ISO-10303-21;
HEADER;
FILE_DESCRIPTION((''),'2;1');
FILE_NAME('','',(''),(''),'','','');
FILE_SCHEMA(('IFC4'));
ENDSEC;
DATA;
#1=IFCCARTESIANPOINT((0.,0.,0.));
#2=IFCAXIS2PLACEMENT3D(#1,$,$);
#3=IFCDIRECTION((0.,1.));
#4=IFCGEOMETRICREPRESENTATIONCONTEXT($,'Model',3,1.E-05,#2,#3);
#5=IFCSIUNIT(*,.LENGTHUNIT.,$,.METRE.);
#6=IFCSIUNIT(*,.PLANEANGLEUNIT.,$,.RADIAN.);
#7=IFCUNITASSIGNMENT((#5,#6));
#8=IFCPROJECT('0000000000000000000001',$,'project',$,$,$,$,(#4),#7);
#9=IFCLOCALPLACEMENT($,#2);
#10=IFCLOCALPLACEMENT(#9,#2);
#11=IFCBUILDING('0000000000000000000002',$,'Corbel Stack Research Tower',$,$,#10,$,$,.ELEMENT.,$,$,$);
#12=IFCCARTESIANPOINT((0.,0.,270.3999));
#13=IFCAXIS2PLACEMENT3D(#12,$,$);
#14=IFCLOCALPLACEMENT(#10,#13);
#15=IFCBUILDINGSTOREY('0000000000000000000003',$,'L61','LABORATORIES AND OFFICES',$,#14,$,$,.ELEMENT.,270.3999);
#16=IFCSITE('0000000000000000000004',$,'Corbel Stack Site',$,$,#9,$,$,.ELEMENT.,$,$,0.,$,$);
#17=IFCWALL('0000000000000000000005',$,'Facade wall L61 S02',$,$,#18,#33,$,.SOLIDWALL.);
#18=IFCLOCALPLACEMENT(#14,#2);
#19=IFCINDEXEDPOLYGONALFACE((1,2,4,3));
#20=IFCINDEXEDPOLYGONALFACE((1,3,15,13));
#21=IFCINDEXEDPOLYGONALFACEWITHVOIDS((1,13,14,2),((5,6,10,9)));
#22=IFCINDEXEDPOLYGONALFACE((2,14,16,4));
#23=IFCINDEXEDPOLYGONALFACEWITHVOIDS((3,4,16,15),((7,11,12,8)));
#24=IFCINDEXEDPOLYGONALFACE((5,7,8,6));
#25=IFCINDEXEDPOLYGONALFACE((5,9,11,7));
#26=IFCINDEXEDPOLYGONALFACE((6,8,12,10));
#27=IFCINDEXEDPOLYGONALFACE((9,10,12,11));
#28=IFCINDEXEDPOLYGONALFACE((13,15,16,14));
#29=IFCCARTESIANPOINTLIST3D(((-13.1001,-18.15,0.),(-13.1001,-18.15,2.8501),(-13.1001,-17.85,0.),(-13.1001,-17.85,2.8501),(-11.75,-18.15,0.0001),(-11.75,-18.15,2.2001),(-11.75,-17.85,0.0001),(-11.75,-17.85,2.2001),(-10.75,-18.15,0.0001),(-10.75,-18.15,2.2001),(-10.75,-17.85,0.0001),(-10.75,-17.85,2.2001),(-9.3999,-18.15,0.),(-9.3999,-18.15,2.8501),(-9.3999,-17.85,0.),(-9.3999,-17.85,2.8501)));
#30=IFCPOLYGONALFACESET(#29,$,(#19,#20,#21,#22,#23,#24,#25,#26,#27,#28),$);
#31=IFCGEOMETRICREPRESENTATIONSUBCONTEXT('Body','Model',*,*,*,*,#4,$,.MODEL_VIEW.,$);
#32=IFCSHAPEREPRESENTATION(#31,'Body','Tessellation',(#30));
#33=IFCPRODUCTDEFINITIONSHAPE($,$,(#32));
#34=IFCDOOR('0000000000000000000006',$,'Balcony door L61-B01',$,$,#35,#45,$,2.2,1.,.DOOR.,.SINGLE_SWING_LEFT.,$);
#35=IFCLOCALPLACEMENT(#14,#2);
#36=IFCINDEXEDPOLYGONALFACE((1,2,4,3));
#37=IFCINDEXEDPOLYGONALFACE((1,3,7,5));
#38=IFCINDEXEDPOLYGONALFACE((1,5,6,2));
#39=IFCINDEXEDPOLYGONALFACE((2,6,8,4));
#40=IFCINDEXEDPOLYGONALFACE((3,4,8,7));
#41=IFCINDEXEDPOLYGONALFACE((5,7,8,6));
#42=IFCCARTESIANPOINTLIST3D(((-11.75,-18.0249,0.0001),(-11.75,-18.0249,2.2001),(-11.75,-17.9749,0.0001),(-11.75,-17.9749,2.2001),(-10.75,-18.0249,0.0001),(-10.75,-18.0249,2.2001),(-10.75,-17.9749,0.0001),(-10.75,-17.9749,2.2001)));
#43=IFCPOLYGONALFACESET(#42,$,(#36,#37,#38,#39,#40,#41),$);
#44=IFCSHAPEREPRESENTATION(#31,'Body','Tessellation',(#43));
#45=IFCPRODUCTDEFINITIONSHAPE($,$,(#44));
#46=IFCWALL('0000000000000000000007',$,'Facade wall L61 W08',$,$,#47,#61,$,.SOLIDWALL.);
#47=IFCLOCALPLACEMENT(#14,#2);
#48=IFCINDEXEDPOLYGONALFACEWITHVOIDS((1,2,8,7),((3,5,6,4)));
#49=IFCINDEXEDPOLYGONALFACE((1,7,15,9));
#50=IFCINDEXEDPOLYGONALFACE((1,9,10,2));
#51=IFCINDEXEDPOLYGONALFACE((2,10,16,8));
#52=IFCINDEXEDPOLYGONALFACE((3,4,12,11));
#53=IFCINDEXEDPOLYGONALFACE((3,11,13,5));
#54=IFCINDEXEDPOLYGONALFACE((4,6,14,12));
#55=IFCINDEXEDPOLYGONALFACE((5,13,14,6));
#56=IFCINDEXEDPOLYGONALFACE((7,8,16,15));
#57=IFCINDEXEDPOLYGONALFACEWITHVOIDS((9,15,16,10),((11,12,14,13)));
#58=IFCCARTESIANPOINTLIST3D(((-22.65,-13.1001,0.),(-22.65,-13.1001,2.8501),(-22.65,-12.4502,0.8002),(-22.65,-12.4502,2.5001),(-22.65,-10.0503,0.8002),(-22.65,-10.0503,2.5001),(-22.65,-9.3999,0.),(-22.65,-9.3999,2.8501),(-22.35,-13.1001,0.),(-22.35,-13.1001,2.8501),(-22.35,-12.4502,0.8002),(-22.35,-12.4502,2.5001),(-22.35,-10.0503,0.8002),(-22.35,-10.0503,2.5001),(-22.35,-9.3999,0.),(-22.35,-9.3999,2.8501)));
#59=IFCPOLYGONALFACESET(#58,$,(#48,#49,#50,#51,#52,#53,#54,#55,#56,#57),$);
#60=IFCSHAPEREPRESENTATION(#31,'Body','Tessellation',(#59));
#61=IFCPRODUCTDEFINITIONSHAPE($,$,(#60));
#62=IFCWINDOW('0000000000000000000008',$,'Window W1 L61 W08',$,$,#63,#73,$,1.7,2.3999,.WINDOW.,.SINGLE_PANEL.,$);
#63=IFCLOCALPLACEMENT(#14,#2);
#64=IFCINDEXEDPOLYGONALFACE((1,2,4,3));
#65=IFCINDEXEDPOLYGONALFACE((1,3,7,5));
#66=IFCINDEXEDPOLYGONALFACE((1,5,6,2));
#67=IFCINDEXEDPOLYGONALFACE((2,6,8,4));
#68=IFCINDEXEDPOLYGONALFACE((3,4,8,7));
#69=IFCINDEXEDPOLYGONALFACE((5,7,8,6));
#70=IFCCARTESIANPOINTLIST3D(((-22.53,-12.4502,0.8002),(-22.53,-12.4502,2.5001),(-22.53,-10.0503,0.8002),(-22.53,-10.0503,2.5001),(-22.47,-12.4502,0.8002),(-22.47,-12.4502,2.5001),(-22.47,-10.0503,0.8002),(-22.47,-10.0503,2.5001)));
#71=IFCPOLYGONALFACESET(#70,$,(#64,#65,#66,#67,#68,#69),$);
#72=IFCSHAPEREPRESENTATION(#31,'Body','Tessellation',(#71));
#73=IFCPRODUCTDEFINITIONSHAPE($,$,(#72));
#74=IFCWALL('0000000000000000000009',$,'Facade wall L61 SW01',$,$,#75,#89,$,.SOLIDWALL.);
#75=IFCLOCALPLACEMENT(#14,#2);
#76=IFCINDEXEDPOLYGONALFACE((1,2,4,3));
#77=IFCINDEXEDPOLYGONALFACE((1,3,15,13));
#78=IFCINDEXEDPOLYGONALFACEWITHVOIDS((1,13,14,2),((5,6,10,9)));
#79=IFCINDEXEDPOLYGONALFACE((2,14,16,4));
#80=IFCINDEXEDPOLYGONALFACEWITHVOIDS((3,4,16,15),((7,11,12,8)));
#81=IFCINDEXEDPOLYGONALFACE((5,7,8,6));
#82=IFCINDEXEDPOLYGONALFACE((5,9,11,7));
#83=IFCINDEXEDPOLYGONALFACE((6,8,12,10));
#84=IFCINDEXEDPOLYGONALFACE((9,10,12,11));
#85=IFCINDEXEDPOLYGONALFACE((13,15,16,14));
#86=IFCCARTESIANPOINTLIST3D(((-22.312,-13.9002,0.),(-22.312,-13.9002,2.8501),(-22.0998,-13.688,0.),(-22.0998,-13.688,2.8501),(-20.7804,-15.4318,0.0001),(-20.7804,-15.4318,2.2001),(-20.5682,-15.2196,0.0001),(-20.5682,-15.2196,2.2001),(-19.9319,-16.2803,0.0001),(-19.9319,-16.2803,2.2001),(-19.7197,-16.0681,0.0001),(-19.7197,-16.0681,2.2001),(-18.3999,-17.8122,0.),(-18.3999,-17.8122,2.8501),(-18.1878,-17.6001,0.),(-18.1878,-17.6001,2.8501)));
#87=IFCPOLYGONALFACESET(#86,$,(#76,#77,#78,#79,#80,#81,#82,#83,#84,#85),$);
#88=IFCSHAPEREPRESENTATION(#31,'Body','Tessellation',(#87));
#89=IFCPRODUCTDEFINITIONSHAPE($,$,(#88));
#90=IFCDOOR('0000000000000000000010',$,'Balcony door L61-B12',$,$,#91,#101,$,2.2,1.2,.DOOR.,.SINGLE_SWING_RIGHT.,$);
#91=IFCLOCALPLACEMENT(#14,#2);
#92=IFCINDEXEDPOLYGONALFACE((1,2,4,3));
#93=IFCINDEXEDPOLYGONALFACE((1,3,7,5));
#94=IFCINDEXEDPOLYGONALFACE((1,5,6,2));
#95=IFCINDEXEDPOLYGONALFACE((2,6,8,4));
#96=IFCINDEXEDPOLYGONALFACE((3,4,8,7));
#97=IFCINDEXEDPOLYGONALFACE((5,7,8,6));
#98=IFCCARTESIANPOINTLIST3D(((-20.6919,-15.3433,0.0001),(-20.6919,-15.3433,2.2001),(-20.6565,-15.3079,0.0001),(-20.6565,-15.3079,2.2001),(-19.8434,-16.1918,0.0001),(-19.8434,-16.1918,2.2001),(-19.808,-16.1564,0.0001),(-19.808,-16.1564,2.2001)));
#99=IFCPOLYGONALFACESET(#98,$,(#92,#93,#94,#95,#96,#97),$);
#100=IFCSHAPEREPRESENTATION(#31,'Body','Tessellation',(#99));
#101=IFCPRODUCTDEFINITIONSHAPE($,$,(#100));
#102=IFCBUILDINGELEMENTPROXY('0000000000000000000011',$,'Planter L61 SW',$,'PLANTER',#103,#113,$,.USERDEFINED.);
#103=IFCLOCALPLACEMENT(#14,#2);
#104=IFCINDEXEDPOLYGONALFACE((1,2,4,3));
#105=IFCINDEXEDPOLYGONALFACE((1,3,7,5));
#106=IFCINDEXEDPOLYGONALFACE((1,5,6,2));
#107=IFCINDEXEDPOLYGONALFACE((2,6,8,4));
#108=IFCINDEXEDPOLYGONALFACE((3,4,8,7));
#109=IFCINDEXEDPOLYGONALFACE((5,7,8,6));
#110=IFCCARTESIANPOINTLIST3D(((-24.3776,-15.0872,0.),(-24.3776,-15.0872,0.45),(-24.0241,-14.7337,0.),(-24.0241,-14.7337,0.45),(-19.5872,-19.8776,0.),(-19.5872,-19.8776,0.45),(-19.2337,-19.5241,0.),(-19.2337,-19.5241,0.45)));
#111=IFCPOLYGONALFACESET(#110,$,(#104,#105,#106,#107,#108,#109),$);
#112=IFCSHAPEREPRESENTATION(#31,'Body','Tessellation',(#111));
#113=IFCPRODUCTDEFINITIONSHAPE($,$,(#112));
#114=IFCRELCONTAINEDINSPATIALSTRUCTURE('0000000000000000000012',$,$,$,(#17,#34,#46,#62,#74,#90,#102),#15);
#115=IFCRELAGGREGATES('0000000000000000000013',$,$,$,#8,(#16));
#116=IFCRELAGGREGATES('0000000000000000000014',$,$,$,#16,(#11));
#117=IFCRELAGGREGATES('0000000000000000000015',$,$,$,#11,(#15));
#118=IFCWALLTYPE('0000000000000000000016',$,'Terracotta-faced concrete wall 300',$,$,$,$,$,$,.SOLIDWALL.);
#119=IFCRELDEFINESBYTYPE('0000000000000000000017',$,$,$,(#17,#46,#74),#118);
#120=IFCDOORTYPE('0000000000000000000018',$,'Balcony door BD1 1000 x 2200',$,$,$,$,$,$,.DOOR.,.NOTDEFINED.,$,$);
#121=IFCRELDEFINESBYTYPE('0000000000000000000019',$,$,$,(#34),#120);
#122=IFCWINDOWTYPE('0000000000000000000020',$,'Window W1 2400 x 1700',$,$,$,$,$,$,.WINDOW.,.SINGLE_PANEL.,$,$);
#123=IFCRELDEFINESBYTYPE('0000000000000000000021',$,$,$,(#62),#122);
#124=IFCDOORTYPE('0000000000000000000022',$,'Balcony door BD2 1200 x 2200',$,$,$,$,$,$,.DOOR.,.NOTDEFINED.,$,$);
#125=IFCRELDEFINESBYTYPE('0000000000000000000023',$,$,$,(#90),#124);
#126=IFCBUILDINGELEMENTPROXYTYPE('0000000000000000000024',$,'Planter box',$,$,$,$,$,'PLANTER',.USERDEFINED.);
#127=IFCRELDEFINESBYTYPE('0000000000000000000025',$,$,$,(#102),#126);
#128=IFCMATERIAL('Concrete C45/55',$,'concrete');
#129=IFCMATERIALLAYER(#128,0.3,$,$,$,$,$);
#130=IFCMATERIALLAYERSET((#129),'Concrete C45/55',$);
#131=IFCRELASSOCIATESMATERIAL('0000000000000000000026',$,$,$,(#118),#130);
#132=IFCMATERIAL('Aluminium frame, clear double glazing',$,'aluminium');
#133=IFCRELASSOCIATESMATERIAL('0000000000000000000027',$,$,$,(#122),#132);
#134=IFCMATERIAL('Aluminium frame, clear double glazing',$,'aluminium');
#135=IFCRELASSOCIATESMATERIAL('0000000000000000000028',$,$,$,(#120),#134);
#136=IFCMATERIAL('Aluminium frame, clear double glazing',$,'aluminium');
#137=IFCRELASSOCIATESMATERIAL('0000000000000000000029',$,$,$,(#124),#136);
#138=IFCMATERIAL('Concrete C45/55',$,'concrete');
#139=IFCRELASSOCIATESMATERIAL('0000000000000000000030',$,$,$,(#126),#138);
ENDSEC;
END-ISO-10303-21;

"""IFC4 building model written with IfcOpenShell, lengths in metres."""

from ifc_helpers import new_model, si_unit, direction, frame, frame_2d, origin, origin_2d, place, context, subcontext, project, spatial, rectangle, extrude, material, layer, layer_set, type_object, element, fill, save


model = new_model("IFC4")

# Units and contexts
model_context = context("Model", 3, precision=1e-05, world=origin(), true_north=direction((0.0, 1.0)))
body_context = subcontext(model_context, "Body", "Model", "MODEL_VIEW")
ifc_project = project(units=[si_unit("LENGTHUNIT", "METRE"), si_unit("PLANEANGLEUNIT", "RADIAN")], contexts=[model_context])

# Site, building, storey
site_placement = place(None, origin())
site = spatial("IfcSite", under=ifc_project, at=site_placement, Name="Corbel Stack Site", CompositionType="ELEMENT", RefElevation=0.0)
building_placement = place(site_placement, origin())
building = spatial("IfcBuilding", under=site, at=building_placement, Name="Corbel Stack Research Tower", CompositionType="ELEMENT")
storey_placement = place(building_placement, frame((0.0, 0.0, 270.3999)))
storey = spatial("IfcBuildingStorey", under=building, at=storey_placement, Name="L61", Description="LABORATORIES AND OFFICES", CompositionType="ELEMENT", Elevation=270.3999)

# Shared definitions
ifc_material_1 = material(Name="Concrete C45/55", Category="concrete")
ifc_layer_1 = layer(ifc_material_1, 0.3)
ifc_layer_set_1 = layer_set([ifc_layer_1], Name="Concrete C45/55")
wall_type_1 = type_object("IfcWallType", Name="Terracotta-faced concrete wall 300", PredefinedType="SOLIDWALL", material=ifc_layer_set_1)
ifc_material_2 = material(Name="Aluminium frame, clear double glazing", Category="aluminium")
window_type = type_object("IfcWindowType", Name="Window W1 2400 x 1700", PartitioningType="SINGLE_PANEL", PredefinedType="WINDOW", material=ifc_material_2)

# Wall, opening, door
wall_1_placement = place(storey_placement, frame((-9.3999, -18.0, 0.0), z_axis=(0.0, 0.0, 1.0), x_axis=(-1.0, 0.0, 0.0)))
wall_1 = element("IfcWall", 1, at=wall_1_placement, inside=storey, type_object=wall_type_1, Name="Facade wall L61 S02", PredefinedType="SOLIDWALL", context=body_context, shape_type="SweptSolid", body=[
    extrude(rectangle(XDim=3.7002, YDim=0.3, at=frame_2d((1.8501, 0.0))), origin(), (0.0, 0.0, 1.0), 2.8501),
])
opening_1_placement = place(wall_1_placement, frame((1.3501, 0.0, 0.0)))
opening_1 = element("IfcOpeningElement", 2, at=opening_1_placement, cuts=wall_1, PredefinedType="OPENING", context=body_context, shape_type="SweptSolid", body=[
    extrude(rectangle(XDim=1.0, YDim=2.2, at=frame_2d((0.5, 1.1001))), frame((0.0, 0.1599, 0.0), z_axis=(0.0, -1.0, 0.0), x_axis=(1.0, 0.0, 0.0)), (0.0, 0.0, 1.0), 0.3201),
])
ifc_material_3 = material(Name="Aluminium frame, clear double glazing", Category="aluminium")
door_type_1 = type_object("IfcDoorType", Name="Balcony door BD1 1000 x 2200", OperationType="NOTDEFINED", PredefinedType="DOOR", material=ifc_material_3)
door_1_placement = place(opening_1_placement, origin())
door_1 = element("IfcDoor", 3, at=door_1_placement, inside=storey, type_object=door_type_1, Name="Balcony door L61-B01", OperationType="SINGLE_SWING_LEFT", OverallHeight=2.2, OverallWidth=1.0, PredefinedType="DOOR", context=body_context, shape_type="SweptSolid", body=[
    extrude(rectangle(XDim=1.0, YDim=2.2, at=frame_2d((0.5, 1.1001))), frame((0.0, 0.0249, 0.0), z_axis=(0.0, -1.0, 0.0), x_axis=(1.0, 0.0, 0.0)), (0.0, 0.0, 1.0), 0.05),
])
fill(opening_1, door_1)

# Wall, opening, window
wall_2_placement = place(storey_placement, frame((-22.5, -13.1001, 0.0), z_axis=(0.0, 0.0, 1.0), x_axis=(0.0, 1.0, 0.0)))
wall_2 = element("IfcWall", 4, at=wall_2_placement, inside=storey, type_object=wall_type_1, Name="Facade wall L61 W08", PredefinedType="SOLIDWALL", context=body_context, shape_type="SweptSolid", body=[
    extrude(rectangle(XDim=3.7002, YDim=0.3, at=frame_2d((1.8501, 0.0))), origin(), (0.0, 0.0, 1.0), 2.8501),
])
opening_2_placement = place(wall_2_placement, frame((0.6499, 0.0, 0.8)))
opening_2 = element("IfcOpeningElement", 5, at=opening_2_placement, cuts=wall_2, PredefinedType="OPENING", context=body_context, shape_type="SweptSolid", body=[
    extrude(rectangle(XDim=2.3999, YDim=1.7, at=frame_2d((1.2, 0.8501))), frame((0.0, 0.1599, 0.0), z_axis=(0.0, -1.0, 0.0), x_axis=(1.0, 0.0, 0.0)), (0.0, 0.0, 1.0), 0.3201),
])
window_1_placement = place(opening_2_placement, origin())
window_1 = element("IfcWindow", 6, at=window_1_placement, inside=storey, type_object=window_type, Name="Window W1 L61 W08", OverallHeight=1.7, OverallWidth=2.3999, PartitioningType="SINGLE_PANEL", PredefinedType="WINDOW", context=body_context, shape_type="SweptSolid", body=[
    extrude(rectangle(XDim=2.3999, YDim=1.7, at=frame_2d((1.2, 0.8501))), frame((0.0, 0.03, 0.0), z_axis=(0.0, -1.0, 0.0), x_axis=(1.0, 0.0, 0.0)), (0.0, 0.0, 1.0), 0.0601),
])
fill(opening_2, window_1)

# Wall, opening, door
wall_3_placement = place(storey_placement, frame((-18.2939, -17.7061, 0.0), z_axis=(0.0, 0.0, 1.0), x_axis=(-0.707107, 0.707107, 0.0)))
wall_3 = element("IfcWall", 7, at=wall_3_placement, inside=storey, type_object=wall_type_1, Name="Facade wall L61 SW01", PredefinedType="SOLIDWALL", context=body_context, shape_type="SweptSolid", body=[
    extrude(rectangle(XDim=5.5325, YDim=0.3, at=frame_2d((2.7661, 0.0))), origin(), (0.0, 0.0, 1.0), 2.8501),
])
opening_3_placement = place(wall_3_placement, frame((2.1663, 0.0, 0.0)))
opening_3 = element("IfcOpeningElement", 8, at=opening_3_placement, cuts=wall_3, PredefinedType="OPENING", context=body_context, shape_type="SweptSolid", body=[
    extrude(rectangle(XDim=1.2, YDim=2.2, at=frame_2d((0.6001, 1.1001))), frame((0.0, 0.1599, 0.0), z_axis=(0.0, -1.0, 0.0), x_axis=(1.0, 0.0, 0.0)), (0.0, 0.0, 1.0), 0.3201),
])
ifc_material_4 = material(Name="Aluminium frame, clear double glazing", Category="aluminium")
door_type_2 = type_object("IfcDoorType", Name="Balcony door BD2 1200 x 2200", OperationType="NOTDEFINED", PredefinedType="DOOR", material=ifc_material_4)
door_2_placement = place(opening_3_placement, origin())
door_2 = element("IfcDoor", 9, at=door_2_placement, inside=storey, type_object=door_type_2, Name="Balcony door L61-B12", OperationType="SINGLE_SWING_RIGHT", OverallHeight=2.2, OverallWidth=1.2, PredefinedType="DOOR", context=body_context, shape_type="SweptSolid", body=[
    extrude(rectangle(XDim=1.2, YDim=2.2, at=frame_2d((0.6001, 1.1001))), frame((0.0, 0.0249, 0.0), z_axis=(0.0, -1.0, 0.0), x_axis=(1.0, 0.0, 0.0)), (0.0, 0.0, 1.0), 0.05),
])
fill(opening_3, door_2)

# Building element proxy
ifc_material_5 = material(Name="Concrete C45/55", Category="concrete")
building_element_proxy_type = type_object("IfcBuildingElementProxyType", Name="Planter box", ElementType="PLANTER", PredefinedType="USERDEFINED", material=ifc_material_5)
proxy_placement = place(storey_placement, frame((-21.8057, -17.3057, 0.0), z_axis=(0.0, 0.0, 1.0), x_axis=(0.707107, -0.707107, 0.0)))
element("IfcBuildingElementProxy", 10, at=proxy_placement, inside=storey, type_object=building_element_proxy_type, Name="Planter L61 SW", ObjectType="PLANTER", PredefinedType="USERDEFINED", context=body_context, shape_type="SweptSolid", body=[
    extrude(rectangle(XDim=6.7747, YDim=0.5, at=origin_2d()), origin(), (0.0, 0.0, 1.0), 0.45),
])

save(model, "model.ifc")
